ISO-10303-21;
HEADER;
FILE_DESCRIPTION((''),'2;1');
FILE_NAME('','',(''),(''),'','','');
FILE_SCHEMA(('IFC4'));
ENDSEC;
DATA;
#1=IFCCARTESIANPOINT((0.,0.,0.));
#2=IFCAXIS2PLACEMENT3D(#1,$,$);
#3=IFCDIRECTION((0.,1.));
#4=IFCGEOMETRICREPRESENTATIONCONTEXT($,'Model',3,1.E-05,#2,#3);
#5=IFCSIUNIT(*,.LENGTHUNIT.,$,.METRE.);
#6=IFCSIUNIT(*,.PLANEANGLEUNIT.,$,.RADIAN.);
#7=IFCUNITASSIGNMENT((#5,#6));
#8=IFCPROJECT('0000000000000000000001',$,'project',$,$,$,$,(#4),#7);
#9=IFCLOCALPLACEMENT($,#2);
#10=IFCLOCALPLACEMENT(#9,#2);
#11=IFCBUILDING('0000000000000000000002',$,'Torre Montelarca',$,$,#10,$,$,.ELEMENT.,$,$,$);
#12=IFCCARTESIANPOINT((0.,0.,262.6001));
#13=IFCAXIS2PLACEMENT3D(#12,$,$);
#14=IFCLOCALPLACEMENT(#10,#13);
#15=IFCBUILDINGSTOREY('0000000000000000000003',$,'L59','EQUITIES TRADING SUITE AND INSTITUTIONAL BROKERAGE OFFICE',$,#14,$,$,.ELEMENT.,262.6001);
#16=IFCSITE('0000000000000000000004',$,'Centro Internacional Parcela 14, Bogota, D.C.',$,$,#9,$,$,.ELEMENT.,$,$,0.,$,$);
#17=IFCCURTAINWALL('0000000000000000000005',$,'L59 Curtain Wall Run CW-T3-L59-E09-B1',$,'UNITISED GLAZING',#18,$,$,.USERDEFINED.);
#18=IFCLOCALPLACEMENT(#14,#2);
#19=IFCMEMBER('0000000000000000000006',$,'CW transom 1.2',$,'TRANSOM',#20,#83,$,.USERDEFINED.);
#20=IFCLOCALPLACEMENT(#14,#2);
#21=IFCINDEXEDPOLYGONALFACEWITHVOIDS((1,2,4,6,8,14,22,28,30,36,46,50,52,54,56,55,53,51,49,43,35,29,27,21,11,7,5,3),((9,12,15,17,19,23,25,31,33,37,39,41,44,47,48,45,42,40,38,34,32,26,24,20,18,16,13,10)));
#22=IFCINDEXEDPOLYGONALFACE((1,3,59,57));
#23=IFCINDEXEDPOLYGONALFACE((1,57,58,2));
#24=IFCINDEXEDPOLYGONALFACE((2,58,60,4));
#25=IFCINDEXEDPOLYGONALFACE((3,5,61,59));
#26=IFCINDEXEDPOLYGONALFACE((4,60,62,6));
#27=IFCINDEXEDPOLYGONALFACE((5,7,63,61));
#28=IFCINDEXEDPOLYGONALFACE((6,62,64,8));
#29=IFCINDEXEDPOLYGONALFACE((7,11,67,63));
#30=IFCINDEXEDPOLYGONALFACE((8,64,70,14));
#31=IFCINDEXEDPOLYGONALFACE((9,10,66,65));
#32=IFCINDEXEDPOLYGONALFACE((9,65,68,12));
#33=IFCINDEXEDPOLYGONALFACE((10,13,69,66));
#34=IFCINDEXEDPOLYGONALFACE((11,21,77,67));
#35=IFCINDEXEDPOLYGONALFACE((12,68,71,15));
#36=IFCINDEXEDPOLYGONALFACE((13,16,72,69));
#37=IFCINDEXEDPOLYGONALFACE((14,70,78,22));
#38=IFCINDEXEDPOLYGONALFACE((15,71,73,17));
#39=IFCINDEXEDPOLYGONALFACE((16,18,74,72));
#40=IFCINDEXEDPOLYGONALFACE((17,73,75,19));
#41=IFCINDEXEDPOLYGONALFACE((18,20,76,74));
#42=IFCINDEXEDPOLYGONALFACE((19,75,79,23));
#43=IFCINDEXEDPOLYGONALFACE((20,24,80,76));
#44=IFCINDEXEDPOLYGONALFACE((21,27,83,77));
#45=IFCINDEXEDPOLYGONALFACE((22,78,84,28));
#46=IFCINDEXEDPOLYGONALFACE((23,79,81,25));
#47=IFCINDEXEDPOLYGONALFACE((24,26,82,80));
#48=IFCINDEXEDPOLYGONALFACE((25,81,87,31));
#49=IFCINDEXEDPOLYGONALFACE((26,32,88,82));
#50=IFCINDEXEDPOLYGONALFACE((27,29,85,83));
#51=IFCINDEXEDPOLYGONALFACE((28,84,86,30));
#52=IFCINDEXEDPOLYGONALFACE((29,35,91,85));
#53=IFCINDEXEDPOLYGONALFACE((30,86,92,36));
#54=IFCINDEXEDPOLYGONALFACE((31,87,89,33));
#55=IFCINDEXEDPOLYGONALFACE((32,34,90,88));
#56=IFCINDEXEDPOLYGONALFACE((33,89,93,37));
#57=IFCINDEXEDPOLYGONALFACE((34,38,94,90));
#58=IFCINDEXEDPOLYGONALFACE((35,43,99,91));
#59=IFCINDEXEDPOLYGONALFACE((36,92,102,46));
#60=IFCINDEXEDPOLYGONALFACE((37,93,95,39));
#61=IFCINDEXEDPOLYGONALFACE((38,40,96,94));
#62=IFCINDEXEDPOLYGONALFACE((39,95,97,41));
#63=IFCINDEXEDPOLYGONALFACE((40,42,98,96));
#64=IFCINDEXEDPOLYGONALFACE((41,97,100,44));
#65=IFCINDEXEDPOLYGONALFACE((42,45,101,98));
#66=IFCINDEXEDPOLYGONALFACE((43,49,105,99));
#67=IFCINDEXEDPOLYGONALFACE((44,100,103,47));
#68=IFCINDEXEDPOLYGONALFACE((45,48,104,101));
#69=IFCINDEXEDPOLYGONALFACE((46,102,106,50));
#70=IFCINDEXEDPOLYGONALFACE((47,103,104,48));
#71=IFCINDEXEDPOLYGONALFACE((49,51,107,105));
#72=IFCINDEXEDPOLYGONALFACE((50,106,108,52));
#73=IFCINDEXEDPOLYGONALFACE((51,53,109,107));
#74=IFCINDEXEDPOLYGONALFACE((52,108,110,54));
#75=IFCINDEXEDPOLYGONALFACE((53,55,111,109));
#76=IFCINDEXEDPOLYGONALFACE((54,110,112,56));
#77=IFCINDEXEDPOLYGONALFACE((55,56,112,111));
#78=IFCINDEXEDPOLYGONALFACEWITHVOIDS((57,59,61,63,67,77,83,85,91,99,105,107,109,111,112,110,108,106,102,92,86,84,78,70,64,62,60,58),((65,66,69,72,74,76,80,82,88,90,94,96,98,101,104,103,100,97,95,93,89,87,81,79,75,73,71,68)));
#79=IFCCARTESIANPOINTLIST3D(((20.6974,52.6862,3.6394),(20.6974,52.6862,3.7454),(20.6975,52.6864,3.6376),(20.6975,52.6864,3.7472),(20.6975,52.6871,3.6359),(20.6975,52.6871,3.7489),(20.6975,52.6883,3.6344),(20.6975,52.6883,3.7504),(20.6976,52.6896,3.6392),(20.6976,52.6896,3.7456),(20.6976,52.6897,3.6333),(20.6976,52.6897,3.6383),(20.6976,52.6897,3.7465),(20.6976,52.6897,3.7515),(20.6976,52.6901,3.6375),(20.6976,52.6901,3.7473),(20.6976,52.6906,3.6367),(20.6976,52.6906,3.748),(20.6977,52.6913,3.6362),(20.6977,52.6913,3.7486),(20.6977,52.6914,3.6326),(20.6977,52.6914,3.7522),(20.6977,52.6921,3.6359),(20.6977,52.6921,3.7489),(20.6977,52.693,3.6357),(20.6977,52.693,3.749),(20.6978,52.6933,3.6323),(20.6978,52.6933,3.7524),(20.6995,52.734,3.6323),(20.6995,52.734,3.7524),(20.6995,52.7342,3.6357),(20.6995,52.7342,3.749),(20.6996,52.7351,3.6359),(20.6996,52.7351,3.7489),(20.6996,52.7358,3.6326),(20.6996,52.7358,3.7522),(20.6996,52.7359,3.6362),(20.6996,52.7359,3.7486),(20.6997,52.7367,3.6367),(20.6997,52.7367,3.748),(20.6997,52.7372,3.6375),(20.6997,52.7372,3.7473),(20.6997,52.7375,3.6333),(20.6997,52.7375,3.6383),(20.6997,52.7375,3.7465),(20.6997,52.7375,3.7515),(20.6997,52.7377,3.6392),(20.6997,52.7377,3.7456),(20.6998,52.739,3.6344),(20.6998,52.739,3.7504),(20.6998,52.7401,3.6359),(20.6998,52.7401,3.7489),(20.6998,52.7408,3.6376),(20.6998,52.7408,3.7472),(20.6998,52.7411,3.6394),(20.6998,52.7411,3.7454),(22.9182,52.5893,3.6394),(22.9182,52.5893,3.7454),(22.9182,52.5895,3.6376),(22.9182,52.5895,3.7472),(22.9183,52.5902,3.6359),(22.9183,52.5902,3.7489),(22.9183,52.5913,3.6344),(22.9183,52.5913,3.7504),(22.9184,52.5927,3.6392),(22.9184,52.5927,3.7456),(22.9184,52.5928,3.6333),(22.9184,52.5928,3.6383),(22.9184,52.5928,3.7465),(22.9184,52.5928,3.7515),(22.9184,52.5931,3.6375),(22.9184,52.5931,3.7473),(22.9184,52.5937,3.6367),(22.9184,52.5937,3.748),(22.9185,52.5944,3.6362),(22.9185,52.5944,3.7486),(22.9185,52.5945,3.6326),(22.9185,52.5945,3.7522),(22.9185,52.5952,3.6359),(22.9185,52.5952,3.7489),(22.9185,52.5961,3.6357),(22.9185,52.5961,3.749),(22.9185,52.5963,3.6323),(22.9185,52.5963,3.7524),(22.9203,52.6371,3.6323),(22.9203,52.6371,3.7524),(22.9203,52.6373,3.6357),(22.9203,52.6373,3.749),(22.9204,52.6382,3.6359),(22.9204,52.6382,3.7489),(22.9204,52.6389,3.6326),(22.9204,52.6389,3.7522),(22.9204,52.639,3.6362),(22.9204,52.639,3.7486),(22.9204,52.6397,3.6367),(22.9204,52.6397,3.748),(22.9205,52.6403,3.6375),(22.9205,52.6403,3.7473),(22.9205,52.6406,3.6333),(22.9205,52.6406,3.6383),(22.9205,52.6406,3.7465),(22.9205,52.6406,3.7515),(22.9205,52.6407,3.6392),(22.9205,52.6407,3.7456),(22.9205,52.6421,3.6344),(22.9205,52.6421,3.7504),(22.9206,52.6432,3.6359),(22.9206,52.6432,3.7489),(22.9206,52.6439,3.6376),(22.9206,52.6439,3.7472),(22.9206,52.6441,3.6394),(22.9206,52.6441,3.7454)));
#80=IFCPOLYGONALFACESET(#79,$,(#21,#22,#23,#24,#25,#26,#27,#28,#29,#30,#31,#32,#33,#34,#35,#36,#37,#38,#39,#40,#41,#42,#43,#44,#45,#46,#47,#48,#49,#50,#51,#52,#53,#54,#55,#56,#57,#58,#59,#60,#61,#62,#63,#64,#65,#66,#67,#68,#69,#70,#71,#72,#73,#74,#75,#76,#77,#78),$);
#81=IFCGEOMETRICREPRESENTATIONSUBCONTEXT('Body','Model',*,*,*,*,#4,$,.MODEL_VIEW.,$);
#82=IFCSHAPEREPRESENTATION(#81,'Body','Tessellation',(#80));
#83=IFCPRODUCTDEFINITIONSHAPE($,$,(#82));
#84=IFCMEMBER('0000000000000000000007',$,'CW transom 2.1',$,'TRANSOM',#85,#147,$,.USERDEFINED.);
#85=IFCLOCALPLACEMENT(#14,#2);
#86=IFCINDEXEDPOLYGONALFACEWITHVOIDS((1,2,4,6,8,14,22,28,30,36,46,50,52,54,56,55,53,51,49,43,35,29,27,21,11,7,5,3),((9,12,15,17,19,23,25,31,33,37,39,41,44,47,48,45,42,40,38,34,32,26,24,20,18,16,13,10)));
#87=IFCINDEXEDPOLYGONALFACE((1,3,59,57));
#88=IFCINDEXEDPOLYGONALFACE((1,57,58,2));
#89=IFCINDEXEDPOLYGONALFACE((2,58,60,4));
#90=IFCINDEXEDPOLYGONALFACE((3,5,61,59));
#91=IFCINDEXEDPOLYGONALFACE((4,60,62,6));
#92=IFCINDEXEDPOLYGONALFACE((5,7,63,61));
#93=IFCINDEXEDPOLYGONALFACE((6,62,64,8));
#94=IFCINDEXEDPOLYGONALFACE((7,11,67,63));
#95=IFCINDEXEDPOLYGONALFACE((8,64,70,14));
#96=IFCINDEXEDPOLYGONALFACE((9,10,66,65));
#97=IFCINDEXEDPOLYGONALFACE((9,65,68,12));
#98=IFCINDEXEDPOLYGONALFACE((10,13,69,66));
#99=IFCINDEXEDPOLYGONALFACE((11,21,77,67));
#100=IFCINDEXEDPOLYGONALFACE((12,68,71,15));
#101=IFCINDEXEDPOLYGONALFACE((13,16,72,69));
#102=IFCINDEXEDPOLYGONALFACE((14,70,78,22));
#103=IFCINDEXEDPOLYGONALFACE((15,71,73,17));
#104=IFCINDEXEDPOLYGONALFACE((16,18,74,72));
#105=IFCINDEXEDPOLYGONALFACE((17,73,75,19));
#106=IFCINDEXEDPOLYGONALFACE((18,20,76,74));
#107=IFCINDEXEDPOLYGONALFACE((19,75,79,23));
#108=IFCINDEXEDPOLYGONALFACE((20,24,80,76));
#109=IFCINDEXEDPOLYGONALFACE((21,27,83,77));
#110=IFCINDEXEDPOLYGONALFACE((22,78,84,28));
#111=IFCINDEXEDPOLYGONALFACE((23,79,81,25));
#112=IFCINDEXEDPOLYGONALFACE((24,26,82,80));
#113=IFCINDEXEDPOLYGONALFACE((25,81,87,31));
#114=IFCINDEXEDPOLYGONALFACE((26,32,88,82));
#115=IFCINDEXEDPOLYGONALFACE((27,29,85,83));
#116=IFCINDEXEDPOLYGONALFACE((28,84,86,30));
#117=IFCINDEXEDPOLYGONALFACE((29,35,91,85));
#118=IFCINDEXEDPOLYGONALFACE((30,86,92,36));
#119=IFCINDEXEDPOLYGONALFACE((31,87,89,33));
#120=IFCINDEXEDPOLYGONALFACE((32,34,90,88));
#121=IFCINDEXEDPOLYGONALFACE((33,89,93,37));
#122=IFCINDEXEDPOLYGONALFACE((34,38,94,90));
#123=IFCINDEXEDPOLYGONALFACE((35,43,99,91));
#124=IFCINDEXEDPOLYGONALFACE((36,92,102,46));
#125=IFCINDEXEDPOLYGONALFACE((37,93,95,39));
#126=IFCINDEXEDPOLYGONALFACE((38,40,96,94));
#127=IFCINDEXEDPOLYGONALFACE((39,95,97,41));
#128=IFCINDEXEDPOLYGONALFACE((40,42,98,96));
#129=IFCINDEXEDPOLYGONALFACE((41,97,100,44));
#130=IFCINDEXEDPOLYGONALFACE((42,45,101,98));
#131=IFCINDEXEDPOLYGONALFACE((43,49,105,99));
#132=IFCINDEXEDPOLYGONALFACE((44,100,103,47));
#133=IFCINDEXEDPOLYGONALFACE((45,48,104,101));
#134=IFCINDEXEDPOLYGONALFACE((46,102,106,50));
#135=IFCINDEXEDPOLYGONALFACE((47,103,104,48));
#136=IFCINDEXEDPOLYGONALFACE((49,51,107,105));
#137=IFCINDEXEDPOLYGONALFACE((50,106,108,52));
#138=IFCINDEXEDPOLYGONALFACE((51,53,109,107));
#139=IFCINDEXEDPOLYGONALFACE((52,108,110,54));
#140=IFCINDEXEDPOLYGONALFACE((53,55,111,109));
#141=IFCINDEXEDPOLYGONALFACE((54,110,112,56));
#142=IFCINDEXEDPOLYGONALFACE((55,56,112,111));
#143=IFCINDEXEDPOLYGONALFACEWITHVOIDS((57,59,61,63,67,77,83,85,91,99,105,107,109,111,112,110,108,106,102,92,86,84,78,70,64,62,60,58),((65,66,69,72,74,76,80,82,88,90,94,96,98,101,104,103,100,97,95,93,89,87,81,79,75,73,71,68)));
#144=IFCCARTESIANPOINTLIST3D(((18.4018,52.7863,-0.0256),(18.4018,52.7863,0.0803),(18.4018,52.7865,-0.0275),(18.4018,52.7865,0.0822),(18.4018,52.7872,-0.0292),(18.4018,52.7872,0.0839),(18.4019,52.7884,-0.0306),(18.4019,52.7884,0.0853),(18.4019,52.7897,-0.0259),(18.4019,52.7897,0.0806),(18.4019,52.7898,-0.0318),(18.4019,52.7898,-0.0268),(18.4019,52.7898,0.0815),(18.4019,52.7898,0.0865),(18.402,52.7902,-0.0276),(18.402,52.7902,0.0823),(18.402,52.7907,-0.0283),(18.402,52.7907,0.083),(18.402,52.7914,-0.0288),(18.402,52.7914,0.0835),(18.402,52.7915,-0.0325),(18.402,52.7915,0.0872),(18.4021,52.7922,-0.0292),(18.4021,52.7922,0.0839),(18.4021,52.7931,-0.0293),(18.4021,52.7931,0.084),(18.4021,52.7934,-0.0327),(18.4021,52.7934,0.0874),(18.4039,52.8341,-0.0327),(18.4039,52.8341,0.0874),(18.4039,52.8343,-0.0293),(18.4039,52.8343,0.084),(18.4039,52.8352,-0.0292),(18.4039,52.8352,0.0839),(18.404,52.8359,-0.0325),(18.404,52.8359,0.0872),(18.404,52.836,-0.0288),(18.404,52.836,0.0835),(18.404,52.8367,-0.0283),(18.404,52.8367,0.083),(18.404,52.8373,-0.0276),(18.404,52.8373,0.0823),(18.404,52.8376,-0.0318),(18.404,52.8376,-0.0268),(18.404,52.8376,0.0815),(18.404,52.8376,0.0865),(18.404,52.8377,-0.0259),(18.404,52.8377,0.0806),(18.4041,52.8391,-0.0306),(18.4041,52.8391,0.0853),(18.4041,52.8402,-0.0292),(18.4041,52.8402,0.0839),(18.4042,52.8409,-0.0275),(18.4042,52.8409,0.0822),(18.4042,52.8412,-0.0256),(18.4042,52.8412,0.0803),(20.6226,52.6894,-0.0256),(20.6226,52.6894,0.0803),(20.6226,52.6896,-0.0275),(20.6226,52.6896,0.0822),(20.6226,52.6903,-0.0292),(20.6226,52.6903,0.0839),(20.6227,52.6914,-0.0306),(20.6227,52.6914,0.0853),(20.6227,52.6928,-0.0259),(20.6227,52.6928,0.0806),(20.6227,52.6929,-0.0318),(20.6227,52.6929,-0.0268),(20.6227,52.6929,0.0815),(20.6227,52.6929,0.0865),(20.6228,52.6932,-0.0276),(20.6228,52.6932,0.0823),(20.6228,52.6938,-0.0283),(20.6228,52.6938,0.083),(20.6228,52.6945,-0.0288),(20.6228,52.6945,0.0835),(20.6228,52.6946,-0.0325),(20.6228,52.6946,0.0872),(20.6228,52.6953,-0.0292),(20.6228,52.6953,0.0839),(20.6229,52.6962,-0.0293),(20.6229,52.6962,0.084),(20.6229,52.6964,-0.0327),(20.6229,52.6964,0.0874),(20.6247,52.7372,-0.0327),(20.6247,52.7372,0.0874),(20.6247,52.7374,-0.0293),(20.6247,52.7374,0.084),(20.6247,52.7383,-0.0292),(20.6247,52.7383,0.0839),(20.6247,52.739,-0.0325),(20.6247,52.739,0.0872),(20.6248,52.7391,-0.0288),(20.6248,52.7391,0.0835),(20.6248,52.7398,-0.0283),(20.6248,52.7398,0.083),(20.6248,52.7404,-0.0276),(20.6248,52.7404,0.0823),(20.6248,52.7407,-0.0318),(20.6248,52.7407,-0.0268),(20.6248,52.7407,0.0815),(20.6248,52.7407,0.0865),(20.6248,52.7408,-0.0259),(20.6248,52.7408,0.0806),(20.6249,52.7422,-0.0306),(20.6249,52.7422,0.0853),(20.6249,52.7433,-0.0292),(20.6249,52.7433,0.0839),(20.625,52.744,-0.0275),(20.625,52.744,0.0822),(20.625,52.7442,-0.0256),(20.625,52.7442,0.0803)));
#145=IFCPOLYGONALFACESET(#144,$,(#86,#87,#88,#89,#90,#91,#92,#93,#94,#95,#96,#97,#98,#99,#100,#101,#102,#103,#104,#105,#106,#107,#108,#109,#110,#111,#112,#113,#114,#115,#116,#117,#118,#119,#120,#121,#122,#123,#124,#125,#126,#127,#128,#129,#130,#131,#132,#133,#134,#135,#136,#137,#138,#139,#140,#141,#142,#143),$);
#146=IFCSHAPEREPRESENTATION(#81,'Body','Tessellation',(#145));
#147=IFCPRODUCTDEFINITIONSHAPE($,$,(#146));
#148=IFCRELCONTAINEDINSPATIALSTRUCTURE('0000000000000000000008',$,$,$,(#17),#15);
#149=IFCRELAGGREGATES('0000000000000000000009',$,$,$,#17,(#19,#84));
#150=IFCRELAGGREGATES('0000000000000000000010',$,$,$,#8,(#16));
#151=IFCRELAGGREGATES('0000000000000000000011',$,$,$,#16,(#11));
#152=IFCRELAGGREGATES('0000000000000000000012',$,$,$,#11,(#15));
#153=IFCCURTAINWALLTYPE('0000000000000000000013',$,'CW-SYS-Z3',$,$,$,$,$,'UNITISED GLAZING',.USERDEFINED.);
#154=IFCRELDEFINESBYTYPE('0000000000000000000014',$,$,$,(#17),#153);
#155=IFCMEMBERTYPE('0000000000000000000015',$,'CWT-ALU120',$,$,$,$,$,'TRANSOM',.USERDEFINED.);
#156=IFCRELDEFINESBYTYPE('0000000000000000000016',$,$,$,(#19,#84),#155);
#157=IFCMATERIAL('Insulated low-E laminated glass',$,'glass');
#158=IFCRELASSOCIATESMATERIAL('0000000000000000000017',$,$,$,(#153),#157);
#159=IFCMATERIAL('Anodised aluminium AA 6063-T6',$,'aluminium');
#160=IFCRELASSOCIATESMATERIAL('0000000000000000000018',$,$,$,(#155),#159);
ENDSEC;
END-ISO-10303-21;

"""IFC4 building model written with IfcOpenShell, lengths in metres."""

from ifc_helpers import new_model, si_unit, direction, frame, origin, origin_2d, place, context, subcontext, project, spatial, hollow_rectangle, extrude, source, transform, mapped, material, material_profile, profile_set, type_object, element, aggregate, save


model = new_model("IFC4")

# Units and contexts
model_context = context("Model", 3, precision=1e-05, world=origin(), true_north=direction((0.0, 1.0)))
body_context = subcontext(model_context, "Body", "Model", "MODEL_VIEW")
ifc_project = project(units=[si_unit("LENGTHUNIT", "METRE"), si_unit("PLANEANGLEUNIT", "RADIAN")], contexts=[model_context])

# Site, building, storey
site_placement = place(None, origin())
site = spatial("IfcSite", under=ifc_project, at=site_placement, Name="Centro Internacional Parcela 14, Bogota, D.C.", CompositionType="ELEMENT", RefElevation=0.0)
building_placement = place(site_placement, origin())
building = spatial("IfcBuilding", under=site, at=building_placement, Name="Torre Montelarca", CompositionType="ELEMENT")
storey_placement = place(building_placement, frame((0.0, 0.0, 262.6001)))
storey = spatial("IfcBuildingStorey", under=building, at=storey_placement, Name="L59", Description="EQUITIES TRADING SUITE AND INSTITUTIONAL BROKERAGE OFFICE", CompositionType="ELEMENT", Elevation=262.6001)

# Curtain wall, members
ifc_material_1 = material(Name="Insulated low-E laminated glass", Category="glass")
curtain_wall_type = type_object("IfcCurtainWallType", Name="CW-SYS-Z3", ElementType="UNITISED GLAZING", PredefinedType="USERDEFINED", material=ifc_material_1)
curtain_wall_placement = place(storey_placement, origin())
curtain_wall = element("IfcCurtainWall", 1, at=curtain_wall_placement, inside=storey, type_object=curtain_wall_type, Name="L59 Curtain Wall Run CW-T3-L59-E09-B1", ObjectType="UNITISED GLAZING", PredefinedType="USERDEFINED")
ifc_material_2 = material(Name="Anodised aluminium AA 6063-T6", Category="aluminium")
ifc_material_profile_1 = material_profile(ifc_material_2, hollow_rectangle(XDim=0.0549, YDim=0.1201, WallThickness=0.0034, InnerFilletRadius=0.0034, OuterFilletRadius=0.0071, at=origin_2d()), Name="ALU55X120X3.5", Category="aluminium")
ifc_profile_set_1 = profile_set([ifc_material_profile_1], Name="Anodised aluminium AA 6063-T6")
member_type_1 = type_object("IfcMemberType", Name="CWT-ALU120", ElementType="TRANSOM", PredefinedType="USERDEFINED", material=ifc_profile_set_1)
shared_shape_1 = source(origin(), body_context, "Body", "SweptSolid", [
    extrude(hollow_rectangle(XDim=0.0549, YDim=0.1201, WallThickness=0.0034, InnerFilletRadius=0.0034, OuterFilletRadius=0.0071, at=origin_2d()), origin(), (0.0, 0.0, 1.0), 2.2229),
])
member_1_placement = place(storey_placement, frame((22.9194, 52.6167, 3.6924), z_axis=(-0.999049, 0.043604, 0.0), x_axis=(-0.043604, -0.999049, 0.0)))
member_1 = element("IfcMember", 2, at=member_1_placement, type_object=member_type_1, Name="CW transom 1.2", ObjectType="TRANSOM", PredefinedType="USERDEFINED", context=body_context, shape_type="MappedRepresentation", body=[
    mapped(shared_shape_1, transform((0.0, 0.0, 0.0), scale=1.0)),
])
member_2_placement = place(storey_placement, frame((20.6238, 52.7168, 0.0273), z_axis=(-0.999049, 0.043604, 0.0), x_axis=(-0.043604, -0.999049, 0.0)))
member_2 = element("IfcMember", 3, at=member_2_placement, type_object=member_type_1, Name="CW transom 2.1", ObjectType="TRANSOM", PredefinedType="USERDEFINED", context=body_context, shape_type="MappedRepresentation", body=[
    mapped(shared_shape_1, transform((0.0, 0.0, 0.0), scale=1.0)),
])
aggregate(curtain_wall, [member_1, member_2])

save(model, "model.ifc")
